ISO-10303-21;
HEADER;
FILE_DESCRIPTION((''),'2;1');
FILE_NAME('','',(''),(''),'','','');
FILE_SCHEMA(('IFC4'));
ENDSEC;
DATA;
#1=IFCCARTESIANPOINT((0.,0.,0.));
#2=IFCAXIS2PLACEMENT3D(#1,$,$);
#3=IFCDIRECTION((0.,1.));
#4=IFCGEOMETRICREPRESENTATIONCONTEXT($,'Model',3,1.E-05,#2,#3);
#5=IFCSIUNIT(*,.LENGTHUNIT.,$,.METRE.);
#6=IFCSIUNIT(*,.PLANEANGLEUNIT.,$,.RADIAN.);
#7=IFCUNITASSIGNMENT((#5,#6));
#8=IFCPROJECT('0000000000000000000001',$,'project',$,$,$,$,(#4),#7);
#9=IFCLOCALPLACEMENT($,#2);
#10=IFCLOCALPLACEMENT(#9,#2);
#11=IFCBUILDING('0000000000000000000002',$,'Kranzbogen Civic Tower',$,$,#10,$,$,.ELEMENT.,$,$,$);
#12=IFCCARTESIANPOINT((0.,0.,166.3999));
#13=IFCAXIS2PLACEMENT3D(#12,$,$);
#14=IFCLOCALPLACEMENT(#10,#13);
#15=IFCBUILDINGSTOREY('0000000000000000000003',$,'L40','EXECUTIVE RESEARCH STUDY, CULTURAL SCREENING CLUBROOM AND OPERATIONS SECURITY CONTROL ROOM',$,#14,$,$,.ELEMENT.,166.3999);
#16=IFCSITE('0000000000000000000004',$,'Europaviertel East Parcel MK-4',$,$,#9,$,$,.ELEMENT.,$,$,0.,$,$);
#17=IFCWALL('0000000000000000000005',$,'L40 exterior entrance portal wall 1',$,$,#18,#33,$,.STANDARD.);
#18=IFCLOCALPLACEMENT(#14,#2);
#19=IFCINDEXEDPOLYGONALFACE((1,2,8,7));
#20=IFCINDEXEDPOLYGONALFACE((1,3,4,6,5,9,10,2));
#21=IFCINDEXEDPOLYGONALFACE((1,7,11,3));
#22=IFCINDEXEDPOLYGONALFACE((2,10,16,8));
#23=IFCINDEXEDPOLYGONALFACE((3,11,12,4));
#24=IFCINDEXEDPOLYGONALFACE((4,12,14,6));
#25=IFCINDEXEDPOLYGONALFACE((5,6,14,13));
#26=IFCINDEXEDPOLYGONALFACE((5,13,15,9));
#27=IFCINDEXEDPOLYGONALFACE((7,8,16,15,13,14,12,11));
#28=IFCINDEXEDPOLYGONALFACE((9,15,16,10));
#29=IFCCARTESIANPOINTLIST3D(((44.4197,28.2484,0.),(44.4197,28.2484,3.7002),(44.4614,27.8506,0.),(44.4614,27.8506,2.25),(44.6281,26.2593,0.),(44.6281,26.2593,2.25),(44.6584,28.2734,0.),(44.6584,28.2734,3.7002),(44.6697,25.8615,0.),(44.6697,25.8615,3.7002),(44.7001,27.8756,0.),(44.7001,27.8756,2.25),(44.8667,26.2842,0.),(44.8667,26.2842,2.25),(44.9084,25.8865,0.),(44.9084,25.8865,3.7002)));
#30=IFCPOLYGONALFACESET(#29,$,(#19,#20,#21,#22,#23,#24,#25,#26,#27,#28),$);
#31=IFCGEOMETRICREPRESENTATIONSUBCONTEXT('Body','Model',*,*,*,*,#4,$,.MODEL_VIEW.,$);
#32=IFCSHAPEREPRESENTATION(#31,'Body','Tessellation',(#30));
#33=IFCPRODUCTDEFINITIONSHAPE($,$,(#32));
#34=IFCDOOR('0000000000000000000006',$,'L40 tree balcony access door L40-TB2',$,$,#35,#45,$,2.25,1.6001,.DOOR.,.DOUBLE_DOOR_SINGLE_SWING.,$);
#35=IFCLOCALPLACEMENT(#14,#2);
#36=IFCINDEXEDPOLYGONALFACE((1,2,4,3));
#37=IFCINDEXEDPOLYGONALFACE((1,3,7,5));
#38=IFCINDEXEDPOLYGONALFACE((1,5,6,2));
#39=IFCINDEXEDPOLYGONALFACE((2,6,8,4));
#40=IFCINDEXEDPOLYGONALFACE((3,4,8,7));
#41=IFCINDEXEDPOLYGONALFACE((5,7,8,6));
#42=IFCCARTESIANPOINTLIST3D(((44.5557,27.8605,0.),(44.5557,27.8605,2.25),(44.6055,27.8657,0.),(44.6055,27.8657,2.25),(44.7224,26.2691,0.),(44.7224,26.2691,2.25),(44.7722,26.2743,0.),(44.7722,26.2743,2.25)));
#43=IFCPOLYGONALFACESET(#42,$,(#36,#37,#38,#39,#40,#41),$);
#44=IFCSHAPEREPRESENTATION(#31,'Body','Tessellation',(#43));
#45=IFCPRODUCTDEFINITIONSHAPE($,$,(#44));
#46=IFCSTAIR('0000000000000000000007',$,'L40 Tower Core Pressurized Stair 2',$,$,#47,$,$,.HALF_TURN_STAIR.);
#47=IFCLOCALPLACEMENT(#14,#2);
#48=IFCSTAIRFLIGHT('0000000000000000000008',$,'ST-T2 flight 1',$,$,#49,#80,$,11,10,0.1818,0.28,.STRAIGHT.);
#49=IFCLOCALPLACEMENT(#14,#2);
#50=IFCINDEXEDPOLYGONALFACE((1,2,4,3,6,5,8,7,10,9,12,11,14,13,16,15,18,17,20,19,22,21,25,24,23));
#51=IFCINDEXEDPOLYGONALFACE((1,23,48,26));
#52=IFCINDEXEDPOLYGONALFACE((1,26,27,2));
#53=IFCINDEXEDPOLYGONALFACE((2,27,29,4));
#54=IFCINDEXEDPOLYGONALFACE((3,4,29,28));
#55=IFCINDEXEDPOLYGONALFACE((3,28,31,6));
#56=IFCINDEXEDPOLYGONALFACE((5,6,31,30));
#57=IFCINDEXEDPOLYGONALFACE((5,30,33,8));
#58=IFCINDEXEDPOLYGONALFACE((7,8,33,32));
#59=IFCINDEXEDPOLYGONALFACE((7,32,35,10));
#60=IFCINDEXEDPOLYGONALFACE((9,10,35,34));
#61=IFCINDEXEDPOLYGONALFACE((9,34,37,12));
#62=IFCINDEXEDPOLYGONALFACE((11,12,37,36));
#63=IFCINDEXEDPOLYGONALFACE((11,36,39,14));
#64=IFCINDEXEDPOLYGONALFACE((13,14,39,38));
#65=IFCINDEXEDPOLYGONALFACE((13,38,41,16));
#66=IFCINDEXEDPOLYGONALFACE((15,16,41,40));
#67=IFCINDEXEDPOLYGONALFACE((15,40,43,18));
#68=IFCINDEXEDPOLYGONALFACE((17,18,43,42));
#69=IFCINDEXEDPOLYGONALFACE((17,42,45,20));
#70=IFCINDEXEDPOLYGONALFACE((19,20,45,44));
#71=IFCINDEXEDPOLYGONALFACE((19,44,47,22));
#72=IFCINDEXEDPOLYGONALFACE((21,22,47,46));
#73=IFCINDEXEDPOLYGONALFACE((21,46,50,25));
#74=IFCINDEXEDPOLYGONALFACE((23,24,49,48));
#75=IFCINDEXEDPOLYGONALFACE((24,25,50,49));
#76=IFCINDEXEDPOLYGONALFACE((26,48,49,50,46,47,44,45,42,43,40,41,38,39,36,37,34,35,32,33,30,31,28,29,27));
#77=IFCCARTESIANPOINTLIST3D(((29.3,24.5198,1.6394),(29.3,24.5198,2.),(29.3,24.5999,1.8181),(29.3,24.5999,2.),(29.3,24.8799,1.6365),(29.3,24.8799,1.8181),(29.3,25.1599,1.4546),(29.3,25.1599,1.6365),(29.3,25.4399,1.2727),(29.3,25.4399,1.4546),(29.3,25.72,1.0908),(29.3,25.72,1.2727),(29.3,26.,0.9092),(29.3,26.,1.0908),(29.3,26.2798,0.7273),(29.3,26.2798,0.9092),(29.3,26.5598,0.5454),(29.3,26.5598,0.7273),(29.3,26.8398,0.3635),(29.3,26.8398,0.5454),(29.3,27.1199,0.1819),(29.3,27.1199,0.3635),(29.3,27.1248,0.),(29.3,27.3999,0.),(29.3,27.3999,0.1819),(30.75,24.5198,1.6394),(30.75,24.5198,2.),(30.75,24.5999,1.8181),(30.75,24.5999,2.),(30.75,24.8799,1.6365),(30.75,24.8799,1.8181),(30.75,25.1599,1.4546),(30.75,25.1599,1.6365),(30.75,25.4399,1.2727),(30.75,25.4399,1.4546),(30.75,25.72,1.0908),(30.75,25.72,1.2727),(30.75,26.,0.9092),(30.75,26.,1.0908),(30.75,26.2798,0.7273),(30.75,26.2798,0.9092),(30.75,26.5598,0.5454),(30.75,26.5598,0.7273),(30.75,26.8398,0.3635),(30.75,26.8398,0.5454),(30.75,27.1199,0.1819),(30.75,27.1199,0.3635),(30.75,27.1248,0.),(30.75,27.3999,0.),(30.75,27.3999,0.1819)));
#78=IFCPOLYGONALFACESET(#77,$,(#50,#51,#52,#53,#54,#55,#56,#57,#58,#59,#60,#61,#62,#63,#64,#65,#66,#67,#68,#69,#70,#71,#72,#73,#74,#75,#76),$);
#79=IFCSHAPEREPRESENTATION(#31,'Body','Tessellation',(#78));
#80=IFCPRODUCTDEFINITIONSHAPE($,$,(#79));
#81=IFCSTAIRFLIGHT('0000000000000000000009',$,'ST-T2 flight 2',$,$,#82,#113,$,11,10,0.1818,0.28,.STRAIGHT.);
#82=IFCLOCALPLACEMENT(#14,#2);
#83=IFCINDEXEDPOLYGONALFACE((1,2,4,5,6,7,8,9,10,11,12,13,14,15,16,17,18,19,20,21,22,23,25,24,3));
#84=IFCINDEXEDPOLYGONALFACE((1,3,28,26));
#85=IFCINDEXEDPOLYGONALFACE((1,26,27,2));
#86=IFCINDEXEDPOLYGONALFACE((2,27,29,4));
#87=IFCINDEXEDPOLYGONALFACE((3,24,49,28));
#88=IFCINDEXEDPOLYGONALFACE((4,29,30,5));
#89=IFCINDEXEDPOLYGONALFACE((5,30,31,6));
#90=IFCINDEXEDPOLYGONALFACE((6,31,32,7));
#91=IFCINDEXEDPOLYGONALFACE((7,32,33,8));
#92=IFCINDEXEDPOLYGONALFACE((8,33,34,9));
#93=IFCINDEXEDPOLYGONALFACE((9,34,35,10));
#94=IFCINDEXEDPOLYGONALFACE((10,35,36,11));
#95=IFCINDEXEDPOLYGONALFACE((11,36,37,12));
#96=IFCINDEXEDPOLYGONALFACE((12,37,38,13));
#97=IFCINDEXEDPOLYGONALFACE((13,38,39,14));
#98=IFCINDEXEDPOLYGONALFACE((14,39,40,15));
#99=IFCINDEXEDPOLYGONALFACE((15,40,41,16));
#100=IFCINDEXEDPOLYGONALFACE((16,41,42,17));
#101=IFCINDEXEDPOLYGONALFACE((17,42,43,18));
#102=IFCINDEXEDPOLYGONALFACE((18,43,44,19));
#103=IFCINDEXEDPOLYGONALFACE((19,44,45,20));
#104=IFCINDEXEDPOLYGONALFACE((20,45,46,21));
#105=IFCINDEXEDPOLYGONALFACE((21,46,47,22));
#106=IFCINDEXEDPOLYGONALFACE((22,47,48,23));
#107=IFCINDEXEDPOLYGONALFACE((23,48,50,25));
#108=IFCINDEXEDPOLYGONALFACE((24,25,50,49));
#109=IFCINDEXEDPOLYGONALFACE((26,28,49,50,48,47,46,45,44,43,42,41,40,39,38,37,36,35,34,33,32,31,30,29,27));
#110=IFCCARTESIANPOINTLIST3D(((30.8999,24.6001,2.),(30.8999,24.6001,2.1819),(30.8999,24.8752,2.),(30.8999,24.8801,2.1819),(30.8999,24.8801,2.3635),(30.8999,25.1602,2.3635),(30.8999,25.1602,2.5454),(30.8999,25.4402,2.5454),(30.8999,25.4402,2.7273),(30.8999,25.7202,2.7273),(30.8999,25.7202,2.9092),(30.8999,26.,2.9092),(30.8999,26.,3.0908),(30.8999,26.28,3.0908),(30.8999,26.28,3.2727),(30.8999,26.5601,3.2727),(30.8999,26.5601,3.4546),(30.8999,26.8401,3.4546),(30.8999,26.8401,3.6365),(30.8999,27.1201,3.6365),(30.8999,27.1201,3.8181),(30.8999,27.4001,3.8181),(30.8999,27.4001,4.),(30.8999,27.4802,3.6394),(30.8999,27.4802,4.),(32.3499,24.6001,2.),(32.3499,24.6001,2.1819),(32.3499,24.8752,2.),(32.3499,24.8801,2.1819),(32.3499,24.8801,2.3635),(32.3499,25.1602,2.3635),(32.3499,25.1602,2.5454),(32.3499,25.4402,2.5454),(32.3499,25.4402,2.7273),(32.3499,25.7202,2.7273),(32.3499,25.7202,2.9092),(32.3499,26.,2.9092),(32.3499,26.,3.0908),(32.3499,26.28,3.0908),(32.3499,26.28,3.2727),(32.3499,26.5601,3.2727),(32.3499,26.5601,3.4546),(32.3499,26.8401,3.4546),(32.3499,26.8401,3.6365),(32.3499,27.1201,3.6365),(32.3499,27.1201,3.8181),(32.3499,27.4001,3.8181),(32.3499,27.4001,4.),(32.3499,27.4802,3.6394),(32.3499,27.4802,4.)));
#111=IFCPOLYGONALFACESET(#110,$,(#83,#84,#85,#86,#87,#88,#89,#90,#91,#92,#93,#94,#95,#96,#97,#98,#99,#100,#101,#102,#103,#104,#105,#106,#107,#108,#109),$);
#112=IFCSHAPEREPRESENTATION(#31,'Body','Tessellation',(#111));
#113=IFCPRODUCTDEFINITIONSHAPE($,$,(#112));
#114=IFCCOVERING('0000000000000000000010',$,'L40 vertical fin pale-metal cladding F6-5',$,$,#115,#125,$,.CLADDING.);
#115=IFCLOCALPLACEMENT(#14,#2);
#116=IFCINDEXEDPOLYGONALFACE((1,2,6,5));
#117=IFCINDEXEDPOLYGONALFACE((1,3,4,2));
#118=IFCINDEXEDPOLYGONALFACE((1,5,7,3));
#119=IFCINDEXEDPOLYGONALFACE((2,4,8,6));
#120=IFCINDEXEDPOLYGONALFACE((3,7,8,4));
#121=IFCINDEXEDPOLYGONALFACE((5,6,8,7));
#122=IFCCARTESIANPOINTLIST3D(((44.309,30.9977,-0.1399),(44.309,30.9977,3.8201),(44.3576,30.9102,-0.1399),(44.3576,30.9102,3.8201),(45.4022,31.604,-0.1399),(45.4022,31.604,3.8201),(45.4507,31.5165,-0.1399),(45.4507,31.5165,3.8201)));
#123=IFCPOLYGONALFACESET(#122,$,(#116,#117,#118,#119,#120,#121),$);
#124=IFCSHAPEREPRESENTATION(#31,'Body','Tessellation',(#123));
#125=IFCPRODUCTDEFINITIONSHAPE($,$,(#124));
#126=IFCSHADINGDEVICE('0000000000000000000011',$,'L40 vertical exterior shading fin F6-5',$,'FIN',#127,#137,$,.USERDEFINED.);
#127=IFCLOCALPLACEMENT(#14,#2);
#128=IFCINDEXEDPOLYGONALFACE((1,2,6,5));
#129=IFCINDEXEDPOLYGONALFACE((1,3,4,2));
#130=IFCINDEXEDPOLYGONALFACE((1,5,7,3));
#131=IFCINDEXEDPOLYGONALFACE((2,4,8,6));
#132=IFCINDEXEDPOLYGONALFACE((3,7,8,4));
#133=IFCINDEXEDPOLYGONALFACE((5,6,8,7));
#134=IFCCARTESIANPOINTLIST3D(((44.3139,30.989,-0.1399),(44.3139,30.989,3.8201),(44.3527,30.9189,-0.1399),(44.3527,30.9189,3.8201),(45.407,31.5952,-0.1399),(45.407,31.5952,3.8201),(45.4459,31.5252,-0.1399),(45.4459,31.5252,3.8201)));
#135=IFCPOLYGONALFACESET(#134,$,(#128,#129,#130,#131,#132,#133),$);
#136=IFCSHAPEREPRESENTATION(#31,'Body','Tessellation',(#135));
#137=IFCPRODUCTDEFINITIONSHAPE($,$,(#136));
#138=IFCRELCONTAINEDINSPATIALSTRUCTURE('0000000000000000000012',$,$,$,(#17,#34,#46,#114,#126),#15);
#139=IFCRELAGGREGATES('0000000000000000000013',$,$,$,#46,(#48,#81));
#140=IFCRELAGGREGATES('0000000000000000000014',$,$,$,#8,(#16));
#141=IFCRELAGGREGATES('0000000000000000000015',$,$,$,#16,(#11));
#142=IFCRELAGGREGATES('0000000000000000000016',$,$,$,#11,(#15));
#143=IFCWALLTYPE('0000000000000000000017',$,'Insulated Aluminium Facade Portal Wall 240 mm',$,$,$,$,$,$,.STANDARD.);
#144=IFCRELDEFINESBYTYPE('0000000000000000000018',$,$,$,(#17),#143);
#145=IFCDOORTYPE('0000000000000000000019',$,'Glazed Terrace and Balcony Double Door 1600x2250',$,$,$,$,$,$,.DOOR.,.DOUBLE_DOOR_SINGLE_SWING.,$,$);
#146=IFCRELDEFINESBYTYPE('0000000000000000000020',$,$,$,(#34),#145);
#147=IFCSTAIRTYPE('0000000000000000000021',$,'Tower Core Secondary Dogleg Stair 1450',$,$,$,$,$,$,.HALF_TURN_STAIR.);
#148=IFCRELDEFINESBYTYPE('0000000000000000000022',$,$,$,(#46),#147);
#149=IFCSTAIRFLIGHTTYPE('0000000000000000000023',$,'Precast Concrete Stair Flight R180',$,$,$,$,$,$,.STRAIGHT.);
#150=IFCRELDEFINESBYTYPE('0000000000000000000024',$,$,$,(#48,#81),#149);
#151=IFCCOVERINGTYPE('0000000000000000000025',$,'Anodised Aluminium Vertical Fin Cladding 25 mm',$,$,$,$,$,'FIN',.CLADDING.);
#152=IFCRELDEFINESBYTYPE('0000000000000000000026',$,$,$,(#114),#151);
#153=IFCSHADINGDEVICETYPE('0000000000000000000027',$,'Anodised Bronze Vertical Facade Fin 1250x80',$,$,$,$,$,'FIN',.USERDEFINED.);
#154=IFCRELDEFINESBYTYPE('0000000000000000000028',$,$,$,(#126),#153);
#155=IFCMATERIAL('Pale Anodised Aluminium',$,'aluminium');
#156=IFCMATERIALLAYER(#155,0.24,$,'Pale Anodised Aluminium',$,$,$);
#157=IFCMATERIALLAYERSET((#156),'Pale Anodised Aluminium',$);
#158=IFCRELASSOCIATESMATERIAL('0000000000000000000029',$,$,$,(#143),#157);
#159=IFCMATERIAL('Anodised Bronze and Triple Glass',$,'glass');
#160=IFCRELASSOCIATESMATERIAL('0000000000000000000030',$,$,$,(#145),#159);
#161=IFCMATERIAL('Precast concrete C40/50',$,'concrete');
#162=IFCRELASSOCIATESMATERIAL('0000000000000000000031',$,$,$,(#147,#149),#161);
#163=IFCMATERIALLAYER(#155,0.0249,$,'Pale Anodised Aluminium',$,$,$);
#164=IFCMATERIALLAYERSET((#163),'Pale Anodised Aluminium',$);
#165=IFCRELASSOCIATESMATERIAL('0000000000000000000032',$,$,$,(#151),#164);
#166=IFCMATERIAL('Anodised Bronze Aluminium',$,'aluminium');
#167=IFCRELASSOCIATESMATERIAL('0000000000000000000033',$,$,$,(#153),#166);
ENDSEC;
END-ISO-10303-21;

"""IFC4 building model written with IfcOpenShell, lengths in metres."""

from ifc_helpers import new_model, si_unit, direction, frame, frame_2d, origin, origin_2d, place, context, subcontext, project, spatial, polyline, rectangle, outline, extrude, material, layer, layer_set, type_object, element, fill, aggregate, save


model = new_model("IFC4")

# Units and contexts
model_context = context("Model", 3, precision=1e-05, world=origin(), true_north=direction((0.0, 1.0)))
body_context = subcontext(model_context, "Body", "Model", "MODEL_VIEW")
ifc_project = project(units=[si_unit("LENGTHUNIT", "METRE"), si_unit("PLANEANGLEUNIT", "RADIAN")], contexts=[model_context])

# Site, building, storey
site_placement = place(None, origin())
site = spatial("IfcSite", under=ifc_project, at=site_placement, Name="Europaviertel East Parcel MK-4", CompositionType="ELEMENT", RefElevation=0.0)
building_placement = place(site_placement, origin())
building = spatial("IfcBuilding", under=site, at=building_placement, Name="Kranzbogen Civic Tower", CompositionType="ELEMENT")
storey_placement = place(building_placement, frame((0.0, 0.0, 166.3999)))
storey = spatial("IfcBuildingStorey", under=building, at=storey_placement, Name="L40", Description="EXECUTIVE RESEARCH STUDY, CULTURAL SCREENING CLUBROOM AND OPERATIONS SECURITY CONTROL ROOM", CompositionType="ELEMENT", Elevation=166.3999)

# Shared definitions
ifc_material_1 = material(Name="Pale Anodised Aluminium", Category="aluminium")

# Wall, opening, door
ifc_layer_1 = layer(ifc_material_1, 0.24, Name="Pale Anodised Aluminium")
ifc_layer_set_1 = layer_set([ifc_layer_1], Name="Pale Anodised Aluminium")
wall_type_1 = type_object("IfcWallType", Name="Insulated Aluminium Facade Portal Wall 240 mm", PredefinedType="STANDARD", material=ifc_layer_set_1)
wall_1_placement = place(storey_placement, frame((44.7891, 25.874, 0.0), z_axis=(0.0, 0.0, 1.0), x_axis=(-0.104166, 0.99456, 0.0)))
wall_1 = element("IfcWall", 1, at=wall_1_placement, inside=storey, type_object=wall_type_1, Name="L40 exterior entrance portal wall 1", PredefinedType="STANDARD", context=body_context, shape_type="SweptSolid", body=[
    extrude(rectangle(XDim=2.3999, YDim=0.24, at=frame_2d((1.2, 0.0))), origin(), (0.0, 0.0, 1.0), 3.7002),
])
opening_1_placement = place(wall_1_placement, frame((0.3999, 0.0, 0.0)))
opening_1 = element("IfcOpeningElement", 2, at=opening_1_placement, cuts=wall_1, PredefinedType="OPENING", context=body_context, shape_type="SweptSolid", body=[
    extrude(rectangle(XDim=1.6001, YDim=2.25, at=frame_2d((0.8, 1.125))), frame((0.0, 0.1299, 0.0), z_axis=(0.0, -1.0, 0.0), x_axis=(1.0, 0.0, 0.0)), (0.0, 0.0, 1.0), 0.26),
])
ifc_material_2 = material(Name="Anodised Bronze and Triple Glass", Category="glass")
door_type_1 = type_object("IfcDoorType", Name="Glazed Terrace and Balcony Double Door 1600x2250", OperationType="DOUBLE_DOOR_SINGLE_SWING", PredefinedType="DOOR", material=ifc_material_2)
door_1_placement = place(opening_1_placement, frame((1.6001, 0.0, 0.0), z_axis=(0.0, 0.0, 1.0), x_axis=(-1.0, 0.0, 0.0)))
door_1 = element("IfcDoor", 3, at=door_1_placement, inside=storey, type_object=door_type_1, Name="L40 tree balcony access door L40-TB2", OperationType="DOUBLE_DOOR_SINGLE_SWING", OverallHeight=2.25, OverallWidth=1.6001, PredefinedType="DOOR", context=body_context, shape_type="SweptSolid", body=[
    extrude(rectangle(XDim=1.6001, YDim=2.25, at=frame_2d((0.8, 1.125))), frame((0.0, 0.0249, 0.0), z_axis=(0.0, -1.0, 0.0), x_axis=(1.0, 0.0, 0.0)), (0.0, 0.0, 1.0), 0.05),
])
fill(opening_1, door_1)

# Stair, stair flights
ifc_material_3 = material(Name="Precast concrete C40/50", Category="concrete")
stair_type = type_object("IfcStairType", Name="Tower Core Secondary Dogleg Stair 1450", PredefinedType="HALF_TURN_STAIR", material=ifc_material_3)
stair_placement = place(storey_placement, origin())
stair = element("IfcStair", 4, at=stair_placement, inside=storey, type_object=stair_type, Name="L40 Tower Core Pressurized Stair 2", PredefinedType="HALF_TURN_STAIR")
stair_flight_type = type_object("IfcStairFlightType", Name="Precast Concrete Stair Flight R180", PredefinedType="STRAIGHT", material=ifc_material_3)
stair_flight_1_placement = place(storey_placement, frame((30.0249, 27.3999, 0.0), z_axis=(0.0, 0.0, 1.0), x_axis=(0.0, -1.0, 0.0)))
stair_flight_1 = element("IfcStairFlight", 5, at=stair_flight_1_placement, type_object=stair_flight_type, Name="ST-T2 flight 1", NumberOfRisers=11, NumberOfTreads=10, PredefinedType="STRAIGHT", RiserHeight=0.1818, TreadLength=0.28, context=body_context, shape_type="SweptSolid", body=[
    extrude(outline(polyline([(0.0, 0.0), (0.0, 0.1819), (0.28, 0.1819), (0.28, 0.3635), (0.5601, 0.3635), (0.5601, 0.5454), (0.8401, 0.5454), (0.8401, 0.7273), (1.1201, 0.7273), (1.1201, 0.9092), (1.3999, 0.9092), (1.3999, 1.0908), (1.6799, 1.0908), (1.6799, 1.2727), (1.96, 1.2727), (1.96, 1.4546), (2.24, 1.4546), (2.24, 1.6365), (2.52, 1.6365), (2.52, 1.8181), (2.8, 1.8181), (2.8, 2.0), (2.8801, 2.0), (2.8801, 1.6394), (0.2751, 0.0), (0.0, 0.0)])), frame((0.0, 0.7251, 0.0), z_axis=(0.0, -1.0, 0.0), x_axis=(1.0, 0.0, 0.0)), (0.0, 0.0, 1.0), 1.45),
])
stair_flight_2_placement = place(storey_placement, frame((31.625, 24.6001, 2.0), z_axis=(0.0, 0.0, 1.0), x_axis=(0.0, 1.0, 0.0)))
stair_flight_2 = element("IfcStairFlight", 6, at=stair_flight_2_placement, type_object=stair_flight_type, Name="ST-T2 flight 2", NumberOfRisers=11, NumberOfTreads=10, PredefinedType="STRAIGHT", RiserHeight=0.1818, TreadLength=0.28, context=body_context, shape_type="SweptSolid", body=[
    extrude(outline(polyline([(0.0, 0.0), (0.0, 0.1819), (0.28, 0.1819), (0.28, 0.3635), (0.5601, 0.3635), (0.5601, 0.5454), (0.8401, 0.5454), (0.8401, 0.7273), (1.1201, 0.7273), (1.1201, 0.9092), (1.3999, 0.9092), (1.3999, 1.0908), (1.6799, 1.0908), (1.6799, 1.2727), (1.96, 1.2727), (1.96, 1.4546), (2.24, 1.4546), (2.24, 1.6365), (2.52, 1.6365), (2.52, 1.8181), (2.8, 1.8181), (2.8, 2.0), (2.8801, 2.0), (2.8801, 1.6394), (0.2751, 0.0), (0.0, 0.0)])), frame((0.0, 0.7251, 0.0), z_axis=(0.0, -1.0, 0.0), x_axis=(1.0, 0.0, 0.0)), (0.0, 0.0, 1.0), 1.45),
])
aggregate(stair, [stair_flight_1, stair_flight_2])

# Covering
ifc_layer_2 = layer(ifc_material_1, 0.0249, Name="Pale Anodised Aluminium")
ifc_layer_set_2 = layer_set([ifc_layer_2], Name="Pale Anodised Aluminium")
covering_type = type_object("IfcCoveringType", Name="Anodised Aluminium Vertical Fin Cladding 25 mm", ElementType="FIN", PredefinedType="CLADDING", material=ifc_layer_set_2)
covering_placement = place(storey_placement, frame((44.8799, 31.2571, -0.1399), z_axis=(0.0, 0.0, 1.0), x_axis=(0.874501, 0.485023, 0.0)))
element("IfcCovering", 7, at=covering_placement, inside=storey, type_object=covering_type, Name="L40 vertical fin pale-metal cladding F6-5", PredefinedType="CLADDING", context=body_context, shape_type="SweptSolid", body=[
    extrude(rectangle(XDim=1.25, YDim=0.1001, at=origin_2d()), origin(), (0.0, 0.0, 1.0), 3.96),
])

# Shading device
ifc_material_4 = material(Name="Anodised Bronze Aluminium", Category="aluminium")
shading_device_type = type_object("IfcShadingDeviceType", Name="Anodised Bronze Vertical Facade Fin 1250x80", ElementType="FIN", PredefinedType="USERDEFINED", material=ifc_material_4)
shading_device_placement = place(storey_placement, frame((44.8799, 31.2571, -0.1399), z_axis=(0.0, 0.0, 1.0), x_axis=(0.874501, 0.485023, 0.0)))
element("IfcShadingDevice", 8, at=shading_device_placement, inside=storey, type_object=shading_device_type, Name="L40 vertical exterior shading fin F6-5", ObjectType="FIN", PredefinedType="USERDEFINED", context=body_context, shape_type="SweptSolid", body=[
    extrude(rectangle(XDim=1.25, YDim=0.0801, at=origin_2d()), origin(), (0.0, 0.0, 1.0), 3.96),
])

save(model, "model.ifc")
